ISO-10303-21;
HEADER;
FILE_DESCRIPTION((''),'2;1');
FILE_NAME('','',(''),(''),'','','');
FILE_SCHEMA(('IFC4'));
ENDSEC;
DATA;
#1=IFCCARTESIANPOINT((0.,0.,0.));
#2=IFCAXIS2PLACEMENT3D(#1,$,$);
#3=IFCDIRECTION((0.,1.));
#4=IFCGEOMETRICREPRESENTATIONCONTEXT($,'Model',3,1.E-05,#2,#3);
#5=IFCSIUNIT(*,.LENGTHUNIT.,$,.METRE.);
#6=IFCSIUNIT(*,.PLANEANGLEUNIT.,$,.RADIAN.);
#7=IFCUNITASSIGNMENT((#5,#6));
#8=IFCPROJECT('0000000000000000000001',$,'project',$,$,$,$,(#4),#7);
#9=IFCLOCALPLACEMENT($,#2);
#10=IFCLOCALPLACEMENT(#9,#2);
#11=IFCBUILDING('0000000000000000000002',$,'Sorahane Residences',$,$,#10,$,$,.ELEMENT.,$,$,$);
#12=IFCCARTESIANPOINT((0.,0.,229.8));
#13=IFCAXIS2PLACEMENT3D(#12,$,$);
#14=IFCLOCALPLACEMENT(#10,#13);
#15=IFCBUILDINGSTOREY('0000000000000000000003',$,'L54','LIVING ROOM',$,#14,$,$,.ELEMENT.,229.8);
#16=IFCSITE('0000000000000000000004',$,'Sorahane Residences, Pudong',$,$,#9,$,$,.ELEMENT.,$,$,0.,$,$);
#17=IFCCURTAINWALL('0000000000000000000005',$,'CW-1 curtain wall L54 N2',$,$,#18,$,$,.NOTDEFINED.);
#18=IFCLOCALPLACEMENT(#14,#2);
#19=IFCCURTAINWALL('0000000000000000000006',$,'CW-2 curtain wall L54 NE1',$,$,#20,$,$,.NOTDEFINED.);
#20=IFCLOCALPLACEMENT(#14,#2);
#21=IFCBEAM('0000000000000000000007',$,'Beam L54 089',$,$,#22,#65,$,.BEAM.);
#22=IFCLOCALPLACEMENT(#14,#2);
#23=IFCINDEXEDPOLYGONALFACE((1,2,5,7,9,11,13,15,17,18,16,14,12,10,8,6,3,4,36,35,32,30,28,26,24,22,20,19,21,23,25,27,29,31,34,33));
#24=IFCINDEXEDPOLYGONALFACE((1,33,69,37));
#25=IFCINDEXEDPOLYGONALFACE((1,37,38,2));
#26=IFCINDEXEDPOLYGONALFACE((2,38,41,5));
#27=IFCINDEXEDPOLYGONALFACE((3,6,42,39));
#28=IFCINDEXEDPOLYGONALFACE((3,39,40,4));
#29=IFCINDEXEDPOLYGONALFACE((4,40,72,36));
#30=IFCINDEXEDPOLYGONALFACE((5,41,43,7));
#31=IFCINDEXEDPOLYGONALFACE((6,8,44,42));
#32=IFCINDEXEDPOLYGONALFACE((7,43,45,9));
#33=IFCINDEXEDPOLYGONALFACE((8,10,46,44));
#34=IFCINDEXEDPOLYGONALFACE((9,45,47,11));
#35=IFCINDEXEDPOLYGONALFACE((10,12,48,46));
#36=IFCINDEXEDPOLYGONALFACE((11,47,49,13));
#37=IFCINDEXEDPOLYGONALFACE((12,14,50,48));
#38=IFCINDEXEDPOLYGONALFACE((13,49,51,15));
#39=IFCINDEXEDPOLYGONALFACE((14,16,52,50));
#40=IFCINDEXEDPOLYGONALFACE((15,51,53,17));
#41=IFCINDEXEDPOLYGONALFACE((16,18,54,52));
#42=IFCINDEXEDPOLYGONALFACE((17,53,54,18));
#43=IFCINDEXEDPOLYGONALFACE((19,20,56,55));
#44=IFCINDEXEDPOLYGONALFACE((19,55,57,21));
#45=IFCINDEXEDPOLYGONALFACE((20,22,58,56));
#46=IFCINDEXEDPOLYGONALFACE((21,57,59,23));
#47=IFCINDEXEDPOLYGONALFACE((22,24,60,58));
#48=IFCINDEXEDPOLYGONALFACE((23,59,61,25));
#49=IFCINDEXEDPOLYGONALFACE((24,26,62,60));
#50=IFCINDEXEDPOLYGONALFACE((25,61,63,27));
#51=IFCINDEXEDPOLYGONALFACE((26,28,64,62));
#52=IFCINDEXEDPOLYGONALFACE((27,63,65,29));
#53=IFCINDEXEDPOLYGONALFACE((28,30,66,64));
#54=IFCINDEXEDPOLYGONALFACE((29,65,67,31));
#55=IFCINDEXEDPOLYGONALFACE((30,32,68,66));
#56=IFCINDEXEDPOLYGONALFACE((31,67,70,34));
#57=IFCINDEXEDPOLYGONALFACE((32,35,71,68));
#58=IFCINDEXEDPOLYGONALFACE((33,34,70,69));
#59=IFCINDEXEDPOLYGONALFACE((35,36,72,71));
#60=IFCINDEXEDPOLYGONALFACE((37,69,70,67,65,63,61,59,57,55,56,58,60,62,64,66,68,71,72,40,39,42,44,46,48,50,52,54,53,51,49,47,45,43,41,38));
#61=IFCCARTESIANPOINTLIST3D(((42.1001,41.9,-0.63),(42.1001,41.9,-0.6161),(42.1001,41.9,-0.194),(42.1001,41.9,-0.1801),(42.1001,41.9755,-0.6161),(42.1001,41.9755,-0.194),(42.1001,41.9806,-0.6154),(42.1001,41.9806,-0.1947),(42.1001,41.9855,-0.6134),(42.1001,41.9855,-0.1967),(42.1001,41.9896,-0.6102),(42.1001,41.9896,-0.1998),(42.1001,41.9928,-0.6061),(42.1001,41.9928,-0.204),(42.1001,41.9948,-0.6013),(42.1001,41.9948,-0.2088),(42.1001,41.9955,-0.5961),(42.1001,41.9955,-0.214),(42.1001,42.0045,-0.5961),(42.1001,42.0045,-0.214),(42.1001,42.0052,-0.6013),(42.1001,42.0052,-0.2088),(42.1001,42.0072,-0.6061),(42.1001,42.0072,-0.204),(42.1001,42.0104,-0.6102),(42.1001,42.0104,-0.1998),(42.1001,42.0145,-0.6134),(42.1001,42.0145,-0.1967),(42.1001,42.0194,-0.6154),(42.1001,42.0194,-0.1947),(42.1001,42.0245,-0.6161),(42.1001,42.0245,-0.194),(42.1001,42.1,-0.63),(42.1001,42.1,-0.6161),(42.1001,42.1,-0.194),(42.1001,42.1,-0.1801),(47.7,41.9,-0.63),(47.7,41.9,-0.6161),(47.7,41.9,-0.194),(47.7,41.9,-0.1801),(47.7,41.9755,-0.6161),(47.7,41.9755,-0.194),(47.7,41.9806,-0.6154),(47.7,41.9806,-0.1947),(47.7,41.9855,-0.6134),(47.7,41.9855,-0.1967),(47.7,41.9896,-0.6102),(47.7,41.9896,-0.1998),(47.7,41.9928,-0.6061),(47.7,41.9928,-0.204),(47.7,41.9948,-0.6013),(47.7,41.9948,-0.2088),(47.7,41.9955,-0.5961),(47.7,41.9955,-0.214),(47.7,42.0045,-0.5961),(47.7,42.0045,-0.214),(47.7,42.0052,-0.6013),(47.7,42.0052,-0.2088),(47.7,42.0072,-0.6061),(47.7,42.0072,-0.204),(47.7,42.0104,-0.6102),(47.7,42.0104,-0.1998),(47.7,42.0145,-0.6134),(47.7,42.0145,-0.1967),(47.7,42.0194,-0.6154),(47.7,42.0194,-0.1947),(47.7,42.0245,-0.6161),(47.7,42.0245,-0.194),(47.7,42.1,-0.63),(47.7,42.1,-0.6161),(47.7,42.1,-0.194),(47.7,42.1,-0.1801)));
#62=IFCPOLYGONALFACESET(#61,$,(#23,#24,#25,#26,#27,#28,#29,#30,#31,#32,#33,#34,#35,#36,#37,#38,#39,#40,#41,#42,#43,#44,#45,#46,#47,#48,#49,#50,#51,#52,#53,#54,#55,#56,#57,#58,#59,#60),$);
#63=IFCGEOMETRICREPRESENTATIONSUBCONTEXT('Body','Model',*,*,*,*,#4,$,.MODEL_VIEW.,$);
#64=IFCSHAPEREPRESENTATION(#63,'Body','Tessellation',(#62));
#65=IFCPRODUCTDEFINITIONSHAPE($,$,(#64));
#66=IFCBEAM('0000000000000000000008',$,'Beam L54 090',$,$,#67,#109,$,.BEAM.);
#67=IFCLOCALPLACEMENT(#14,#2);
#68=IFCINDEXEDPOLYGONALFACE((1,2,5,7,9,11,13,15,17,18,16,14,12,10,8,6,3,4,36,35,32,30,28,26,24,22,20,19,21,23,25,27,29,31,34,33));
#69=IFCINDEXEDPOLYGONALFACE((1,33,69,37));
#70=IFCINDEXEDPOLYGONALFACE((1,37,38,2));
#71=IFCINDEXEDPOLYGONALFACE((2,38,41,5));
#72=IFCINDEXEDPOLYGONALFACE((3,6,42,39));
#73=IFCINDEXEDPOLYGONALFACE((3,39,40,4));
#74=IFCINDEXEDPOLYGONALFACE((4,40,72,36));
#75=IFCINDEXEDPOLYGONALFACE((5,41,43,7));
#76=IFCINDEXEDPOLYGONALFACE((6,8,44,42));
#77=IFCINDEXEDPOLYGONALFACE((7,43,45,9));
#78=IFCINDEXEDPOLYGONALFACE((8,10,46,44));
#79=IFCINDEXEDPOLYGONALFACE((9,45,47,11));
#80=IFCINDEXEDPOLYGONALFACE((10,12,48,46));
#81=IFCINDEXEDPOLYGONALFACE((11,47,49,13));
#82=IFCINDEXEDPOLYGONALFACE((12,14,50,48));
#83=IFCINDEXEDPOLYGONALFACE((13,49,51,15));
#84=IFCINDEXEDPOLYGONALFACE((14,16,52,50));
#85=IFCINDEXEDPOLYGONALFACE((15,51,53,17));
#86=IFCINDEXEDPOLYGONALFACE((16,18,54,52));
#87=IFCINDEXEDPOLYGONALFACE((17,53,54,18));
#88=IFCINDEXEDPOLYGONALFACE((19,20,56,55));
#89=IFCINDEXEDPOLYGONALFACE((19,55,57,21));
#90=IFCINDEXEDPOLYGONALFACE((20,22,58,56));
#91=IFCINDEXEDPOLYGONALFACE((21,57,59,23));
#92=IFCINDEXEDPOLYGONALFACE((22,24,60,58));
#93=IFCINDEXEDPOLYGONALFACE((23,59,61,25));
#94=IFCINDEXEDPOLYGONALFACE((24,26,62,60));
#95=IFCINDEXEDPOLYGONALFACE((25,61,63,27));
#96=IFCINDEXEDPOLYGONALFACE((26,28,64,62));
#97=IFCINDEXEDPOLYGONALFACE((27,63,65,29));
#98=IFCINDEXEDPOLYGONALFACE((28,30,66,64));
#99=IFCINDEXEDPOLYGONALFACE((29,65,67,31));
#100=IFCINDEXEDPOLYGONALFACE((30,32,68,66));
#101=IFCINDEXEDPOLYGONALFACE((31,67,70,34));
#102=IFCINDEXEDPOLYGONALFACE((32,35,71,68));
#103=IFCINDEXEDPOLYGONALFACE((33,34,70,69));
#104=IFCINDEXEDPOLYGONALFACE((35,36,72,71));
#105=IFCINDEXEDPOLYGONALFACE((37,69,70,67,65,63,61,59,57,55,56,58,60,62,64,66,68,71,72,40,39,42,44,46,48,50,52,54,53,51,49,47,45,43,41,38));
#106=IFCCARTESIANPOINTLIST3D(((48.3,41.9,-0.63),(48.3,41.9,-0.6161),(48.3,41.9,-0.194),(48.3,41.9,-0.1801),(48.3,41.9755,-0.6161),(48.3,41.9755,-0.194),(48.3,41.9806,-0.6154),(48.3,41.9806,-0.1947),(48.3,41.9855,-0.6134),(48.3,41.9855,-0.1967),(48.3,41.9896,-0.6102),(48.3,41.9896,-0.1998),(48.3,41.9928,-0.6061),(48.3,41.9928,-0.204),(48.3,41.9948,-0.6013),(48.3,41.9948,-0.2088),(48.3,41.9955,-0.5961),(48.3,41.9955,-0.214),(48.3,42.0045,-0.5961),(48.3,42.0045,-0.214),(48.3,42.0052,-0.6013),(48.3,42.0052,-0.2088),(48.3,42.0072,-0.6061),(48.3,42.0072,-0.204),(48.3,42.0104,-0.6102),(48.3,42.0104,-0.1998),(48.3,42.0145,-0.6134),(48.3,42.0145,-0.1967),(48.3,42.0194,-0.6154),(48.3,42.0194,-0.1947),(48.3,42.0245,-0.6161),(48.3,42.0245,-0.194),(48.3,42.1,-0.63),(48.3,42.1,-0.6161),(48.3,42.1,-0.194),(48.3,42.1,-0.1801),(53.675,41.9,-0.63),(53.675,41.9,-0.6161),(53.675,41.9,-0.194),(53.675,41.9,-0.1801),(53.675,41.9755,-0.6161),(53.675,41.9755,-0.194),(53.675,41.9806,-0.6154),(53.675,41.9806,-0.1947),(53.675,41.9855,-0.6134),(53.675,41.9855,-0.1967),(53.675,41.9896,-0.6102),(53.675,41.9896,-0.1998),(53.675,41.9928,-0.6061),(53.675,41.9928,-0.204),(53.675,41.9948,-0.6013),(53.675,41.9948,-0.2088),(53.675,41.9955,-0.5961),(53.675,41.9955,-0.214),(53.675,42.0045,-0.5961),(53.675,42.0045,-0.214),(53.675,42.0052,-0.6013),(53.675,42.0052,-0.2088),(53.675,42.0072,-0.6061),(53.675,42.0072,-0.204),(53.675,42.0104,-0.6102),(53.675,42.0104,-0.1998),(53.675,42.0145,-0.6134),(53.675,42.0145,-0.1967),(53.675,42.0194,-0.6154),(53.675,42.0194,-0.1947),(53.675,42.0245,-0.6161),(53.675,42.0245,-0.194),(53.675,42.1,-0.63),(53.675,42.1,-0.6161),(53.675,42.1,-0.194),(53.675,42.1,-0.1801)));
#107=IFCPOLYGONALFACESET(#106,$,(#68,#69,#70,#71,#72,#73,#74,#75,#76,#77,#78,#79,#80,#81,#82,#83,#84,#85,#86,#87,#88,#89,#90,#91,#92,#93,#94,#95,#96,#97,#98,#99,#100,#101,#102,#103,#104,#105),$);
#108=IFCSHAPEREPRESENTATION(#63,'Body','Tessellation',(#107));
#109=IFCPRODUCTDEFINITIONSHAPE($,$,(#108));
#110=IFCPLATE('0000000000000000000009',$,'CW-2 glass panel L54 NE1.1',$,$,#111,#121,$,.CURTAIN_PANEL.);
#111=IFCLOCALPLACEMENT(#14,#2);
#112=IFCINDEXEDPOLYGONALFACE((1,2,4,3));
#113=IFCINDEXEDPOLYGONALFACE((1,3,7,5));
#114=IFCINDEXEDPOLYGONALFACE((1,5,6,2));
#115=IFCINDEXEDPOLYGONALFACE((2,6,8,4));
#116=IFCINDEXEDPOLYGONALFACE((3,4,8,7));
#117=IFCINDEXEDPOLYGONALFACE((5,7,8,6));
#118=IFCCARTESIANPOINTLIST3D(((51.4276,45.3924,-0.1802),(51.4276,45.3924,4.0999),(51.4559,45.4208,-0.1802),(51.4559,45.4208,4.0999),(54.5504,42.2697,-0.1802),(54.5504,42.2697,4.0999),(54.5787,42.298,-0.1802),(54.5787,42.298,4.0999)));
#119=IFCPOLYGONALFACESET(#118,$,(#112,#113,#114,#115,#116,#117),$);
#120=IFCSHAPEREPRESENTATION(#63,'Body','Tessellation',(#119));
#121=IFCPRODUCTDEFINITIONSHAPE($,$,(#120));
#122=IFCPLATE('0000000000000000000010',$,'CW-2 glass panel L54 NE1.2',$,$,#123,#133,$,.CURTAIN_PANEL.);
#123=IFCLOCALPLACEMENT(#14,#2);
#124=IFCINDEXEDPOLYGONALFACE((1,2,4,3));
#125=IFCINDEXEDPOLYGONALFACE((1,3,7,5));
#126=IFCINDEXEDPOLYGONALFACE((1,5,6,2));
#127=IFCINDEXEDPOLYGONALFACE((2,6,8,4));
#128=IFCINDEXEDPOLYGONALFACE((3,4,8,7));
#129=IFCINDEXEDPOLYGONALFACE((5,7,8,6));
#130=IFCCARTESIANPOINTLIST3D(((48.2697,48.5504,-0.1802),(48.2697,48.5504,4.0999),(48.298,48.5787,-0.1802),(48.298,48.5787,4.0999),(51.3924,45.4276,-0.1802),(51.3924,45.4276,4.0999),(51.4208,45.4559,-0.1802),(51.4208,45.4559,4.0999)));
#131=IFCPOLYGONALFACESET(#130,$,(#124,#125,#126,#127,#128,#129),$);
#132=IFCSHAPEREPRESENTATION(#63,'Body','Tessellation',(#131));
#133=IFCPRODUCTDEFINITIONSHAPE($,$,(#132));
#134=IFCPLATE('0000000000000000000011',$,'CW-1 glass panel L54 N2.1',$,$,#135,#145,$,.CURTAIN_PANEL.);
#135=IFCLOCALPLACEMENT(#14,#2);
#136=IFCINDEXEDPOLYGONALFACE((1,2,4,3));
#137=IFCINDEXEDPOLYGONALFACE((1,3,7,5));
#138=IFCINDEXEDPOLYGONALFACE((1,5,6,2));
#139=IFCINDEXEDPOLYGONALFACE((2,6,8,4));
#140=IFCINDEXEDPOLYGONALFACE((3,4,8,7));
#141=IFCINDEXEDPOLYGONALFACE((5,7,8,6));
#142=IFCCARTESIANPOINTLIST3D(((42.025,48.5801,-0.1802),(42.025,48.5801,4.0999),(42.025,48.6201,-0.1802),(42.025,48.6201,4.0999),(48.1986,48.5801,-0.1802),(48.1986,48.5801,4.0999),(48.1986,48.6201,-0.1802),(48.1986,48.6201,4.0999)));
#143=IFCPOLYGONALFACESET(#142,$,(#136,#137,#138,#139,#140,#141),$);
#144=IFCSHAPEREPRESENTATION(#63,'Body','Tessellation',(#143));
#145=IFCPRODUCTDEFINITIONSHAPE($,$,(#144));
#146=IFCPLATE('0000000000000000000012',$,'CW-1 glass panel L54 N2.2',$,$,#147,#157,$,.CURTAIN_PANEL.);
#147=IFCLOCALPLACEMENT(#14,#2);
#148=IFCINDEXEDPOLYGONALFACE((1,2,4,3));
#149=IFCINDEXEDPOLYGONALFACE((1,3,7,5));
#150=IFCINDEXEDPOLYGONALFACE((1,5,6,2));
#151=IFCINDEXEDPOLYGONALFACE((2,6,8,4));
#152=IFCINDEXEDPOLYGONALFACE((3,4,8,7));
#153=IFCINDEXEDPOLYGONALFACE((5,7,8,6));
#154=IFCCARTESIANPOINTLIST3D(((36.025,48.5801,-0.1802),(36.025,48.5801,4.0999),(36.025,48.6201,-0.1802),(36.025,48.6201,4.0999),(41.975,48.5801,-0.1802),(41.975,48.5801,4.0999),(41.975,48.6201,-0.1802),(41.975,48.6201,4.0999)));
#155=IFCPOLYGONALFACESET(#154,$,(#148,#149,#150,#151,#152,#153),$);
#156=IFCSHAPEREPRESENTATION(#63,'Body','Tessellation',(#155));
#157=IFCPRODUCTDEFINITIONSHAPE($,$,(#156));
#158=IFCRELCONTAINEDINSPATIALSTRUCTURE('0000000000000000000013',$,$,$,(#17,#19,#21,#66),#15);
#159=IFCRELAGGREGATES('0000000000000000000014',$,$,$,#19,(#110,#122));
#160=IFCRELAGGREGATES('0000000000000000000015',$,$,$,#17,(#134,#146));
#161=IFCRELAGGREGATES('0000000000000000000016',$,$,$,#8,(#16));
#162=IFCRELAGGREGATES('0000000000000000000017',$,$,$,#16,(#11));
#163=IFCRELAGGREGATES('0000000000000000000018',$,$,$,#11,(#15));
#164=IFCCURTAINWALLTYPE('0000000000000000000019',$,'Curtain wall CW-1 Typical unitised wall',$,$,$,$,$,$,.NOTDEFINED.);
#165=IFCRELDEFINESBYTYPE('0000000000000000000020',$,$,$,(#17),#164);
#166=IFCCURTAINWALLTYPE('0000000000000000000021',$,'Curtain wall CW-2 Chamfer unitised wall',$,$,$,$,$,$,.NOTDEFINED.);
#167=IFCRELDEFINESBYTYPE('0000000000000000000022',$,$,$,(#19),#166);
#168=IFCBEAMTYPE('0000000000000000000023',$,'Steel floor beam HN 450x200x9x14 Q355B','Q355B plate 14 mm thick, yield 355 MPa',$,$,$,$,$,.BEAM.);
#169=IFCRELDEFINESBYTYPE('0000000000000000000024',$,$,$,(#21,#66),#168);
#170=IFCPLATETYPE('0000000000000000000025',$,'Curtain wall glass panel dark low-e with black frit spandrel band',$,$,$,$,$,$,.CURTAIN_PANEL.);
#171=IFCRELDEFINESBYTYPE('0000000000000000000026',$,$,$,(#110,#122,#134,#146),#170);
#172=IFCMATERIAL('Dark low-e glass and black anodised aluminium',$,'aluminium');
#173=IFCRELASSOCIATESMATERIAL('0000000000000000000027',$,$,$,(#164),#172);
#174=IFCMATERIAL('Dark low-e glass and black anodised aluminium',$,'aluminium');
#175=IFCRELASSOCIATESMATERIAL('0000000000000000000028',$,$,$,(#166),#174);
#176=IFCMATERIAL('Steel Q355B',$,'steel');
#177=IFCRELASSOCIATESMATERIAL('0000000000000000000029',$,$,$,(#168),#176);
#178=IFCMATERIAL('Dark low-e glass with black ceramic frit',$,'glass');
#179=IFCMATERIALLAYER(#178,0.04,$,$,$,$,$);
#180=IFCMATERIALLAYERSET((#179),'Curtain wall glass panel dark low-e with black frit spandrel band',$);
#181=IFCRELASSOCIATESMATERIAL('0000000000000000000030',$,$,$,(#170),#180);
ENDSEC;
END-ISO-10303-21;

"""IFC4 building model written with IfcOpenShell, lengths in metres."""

from ifc_helpers import new_model, si_unit, direction, frame, origin, origin_2d, place, context, subcontext, project, spatial, rectangle, i_section, extrude, material, layer, layer_set, material_profile, profile_set, type_object, element, aggregate, save


model = new_model("IFC4")

# Units and contexts
model_context = context("Model", 3, precision=1e-05, world=origin(), true_north=direction((0.0, 1.0)))
body_context = subcontext(model_context, "Body", "Model", "MODEL_VIEW")
ifc_project = project(units=[si_unit("LENGTHUNIT", "METRE"), si_unit("PLANEANGLEUNIT", "RADIAN")], contexts=[model_context])

# Site, building, storey
site_placement = place(None, origin())
site = spatial("IfcSite", under=ifc_project, at=site_placement, Name="Sorahane Residences, Pudong", CompositionType="ELEMENT", RefElevation=0.0)
building_placement = place(site_placement, origin())
building = spatial("IfcBuilding", under=site, at=building_placement, Name="Sorahane Residences", CompositionType="ELEMENT")
storey_placement = place(building_placement, frame((0.0, 0.0, 229.8)))
storey = spatial("IfcBuildingStorey", under=building, at=storey_placement, Name="L54", Description="LIVING ROOM", CompositionType="ELEMENT", Elevation=229.8)

# Curtain wall
ifc_material_1 = material(Name="Dark low-e glass and black anodised aluminium", Category="aluminium")
curtain_wall_type_1 = type_object("IfcCurtainWallType", Name="Curtain wall CW-1 Typical unitised wall", PredefinedType="NOTDEFINED", material=ifc_material_1)
curtain_wall_1_placement = place(storey_placement, origin())
curtain_wall_1 = element("IfcCurtainWall", 1, at=curtain_wall_1_placement, inside=storey, type_object=curtain_wall_type_1, Name="CW-1 curtain wall L54 N2", PredefinedType="NOTDEFINED")

# Curtain wall
ifc_material_2 = material(Name="Dark low-e glass and black anodised aluminium", Category="aluminium")
curtain_wall_type_2 = type_object("IfcCurtainWallType", Name="Curtain wall CW-2 Chamfer unitised wall", PredefinedType="NOTDEFINED", material=ifc_material_2)
curtain_wall_2_placement = place(storey_placement, origin())
curtain_wall_2 = element("IfcCurtainWall", 2, at=curtain_wall_2_placement, inside=storey, type_object=curtain_wall_type_2, Name="CW-2 curtain wall L54 NE1", PredefinedType="NOTDEFINED")

# Beams
ifc_material_3 = material(Name="Steel Q355B", Category="steel")
ifc_material_profile_1 = material_profile(ifc_material_3, i_section(OverallWidth=0.2, OverallDepth=0.45, WebThickness=0.009, FlangeThickness=0.0139, FilletRadius=0.02, at=origin_2d()), Name="HN 450x200x9x14")
ifc_profile_set_1 = profile_set([ifc_material_profile_1], Name="Steel Q355B")
beam_type_1 = type_object("IfcBeamType", Name="Steel floor beam HN 450x200x9x14 Q355B", Description="Q355B plate 14 mm thick, yield 355 MPa", PredefinedType="BEAM", material=ifc_profile_set_1)
beam_1_placement = place(storey_placement, frame((42.1001, 42.0, -0.405), z_axis=(1.0, 0.0, 0.0), x_axis=(0.0, 1.0, 0.0)))
element("IfcBeam", 3, at=beam_1_placement, inside=storey, type_object=beam_type_1, Name="Beam L54 089", PredefinedType="BEAM", context=body_context, shape_type="SweptSolid", body=[
    extrude(i_section(OverallWidth=0.2, OverallDepth=0.45, WebThickness=0.009, FlangeThickness=0.0139, FilletRadius=0.02, at=origin_2d()), origin(), (0.0, 0.0, 1.0), 5.5999),
])
beam_2_placement = place(storey_placement, frame((48.3, 42.0, -0.405), z_axis=(1.0, 0.0, 0.0), x_axis=(0.0, 1.0, 0.0)))
element("IfcBeam", 4, at=beam_2_placement, inside=storey, type_object=beam_type_1, Name="Beam L54 090", PredefinedType="BEAM", context=body_context, shape_type="SweptSolid", body=[
    extrude(i_section(OverallWidth=0.2, OverallDepth=0.45, WebThickness=0.009, FlangeThickness=0.0139, FilletRadius=0.02, at=origin_2d()), origin(), (0.0, 0.0, 1.0), 5.375),
])

# Plates
ifc_material_4 = material(Name="Dark low-e glass with black ceramic frit", Category="glass")
ifc_layer_1 = layer(ifc_material_4, 0.04)
ifc_layer_set_1 = layer_set([ifc_layer_1], Name="Curtain wall glass panel dark low-e with black frit spandrel band")
plate_type = type_object("IfcPlateType", Name="Curtain wall glass panel dark low-e with black frit spandrel band", PredefinedType="CURTAIN_PANEL", material=ifc_layer_set_1)
plate_1_placement = place(storey_placement, frame((53.0032, 43.8452, -0.1802), z_axis=(0.0, 0.0, 1.0), x_axis=(-0.707107, 0.707107, 0.0)))
plate_1 = element("IfcPlate", 5, at=plate_1_placement, type_object=plate_type, Name="CW-2 glass panel L54 NE1.1", PredefinedType="CURTAIN_PANEL", context=body_context, shape_type="SweptSolid", body=[
    extrude(rectangle(XDim=4.4163, YDim=0.04, at=origin_2d()), origin(), (0.0, 0.0, 1.0), 4.28),
])
plate_2_placement = place(storey_placement, frame((49.8452, 47.0032, -0.1802), z_axis=(0.0, 0.0, 1.0), x_axis=(-0.707107, 0.707107, 0.0)))
plate_2 = element("IfcPlate", 6, at=plate_2_placement, type_object=plate_type, Name="CW-2 glass panel L54 NE1.2", PredefinedType="CURTAIN_PANEL", context=body_context, shape_type="SweptSolid", body=[
    extrude(rectangle(XDim=4.4163, YDim=0.04, at=origin_2d()), origin(), (0.0, 0.0, 1.0), 4.28),
])
aggregate(curtain_wall_2, [plate_1, plate_2])
plate_3_placement = place(storey_placement, frame((45.1118, 48.6001, -0.1802), z_axis=(0.0, 0.0, 1.0), x_axis=(-1.0, 0.0, 0.0)))
plate_3 = element("IfcPlate", 7, at=plate_3_placement, type_object=plate_type, Name="CW-1 glass panel L54 N2.1", PredefinedType="CURTAIN_PANEL", context=body_context, shape_type="SweptSolid", body=[
    extrude(rectangle(XDim=6.1736, YDim=0.04, at=origin_2d()), origin(), (0.0, 0.0, 1.0), 4.28),
])
plate_4_placement = place(storey_placement, frame((39.0, 48.6001, -0.1802), z_axis=(0.0, 0.0, 1.0), x_axis=(-1.0, 0.0, 0.0)))
plate_4 = element("IfcPlate", 8, at=plate_4_placement, type_object=plate_type, Name="CW-1 glass panel L54 N2.2", PredefinedType="CURTAIN_PANEL", context=body_context, shape_type="SweptSolid", body=[
    extrude(rectangle(XDim=5.95, YDim=0.04, at=origin_2d()), origin(), (0.0, 0.0, 1.0), 4.28),
])
aggregate(curtain_wall_1, [plate_3, plate_4])

save(model, "model.ifc")
